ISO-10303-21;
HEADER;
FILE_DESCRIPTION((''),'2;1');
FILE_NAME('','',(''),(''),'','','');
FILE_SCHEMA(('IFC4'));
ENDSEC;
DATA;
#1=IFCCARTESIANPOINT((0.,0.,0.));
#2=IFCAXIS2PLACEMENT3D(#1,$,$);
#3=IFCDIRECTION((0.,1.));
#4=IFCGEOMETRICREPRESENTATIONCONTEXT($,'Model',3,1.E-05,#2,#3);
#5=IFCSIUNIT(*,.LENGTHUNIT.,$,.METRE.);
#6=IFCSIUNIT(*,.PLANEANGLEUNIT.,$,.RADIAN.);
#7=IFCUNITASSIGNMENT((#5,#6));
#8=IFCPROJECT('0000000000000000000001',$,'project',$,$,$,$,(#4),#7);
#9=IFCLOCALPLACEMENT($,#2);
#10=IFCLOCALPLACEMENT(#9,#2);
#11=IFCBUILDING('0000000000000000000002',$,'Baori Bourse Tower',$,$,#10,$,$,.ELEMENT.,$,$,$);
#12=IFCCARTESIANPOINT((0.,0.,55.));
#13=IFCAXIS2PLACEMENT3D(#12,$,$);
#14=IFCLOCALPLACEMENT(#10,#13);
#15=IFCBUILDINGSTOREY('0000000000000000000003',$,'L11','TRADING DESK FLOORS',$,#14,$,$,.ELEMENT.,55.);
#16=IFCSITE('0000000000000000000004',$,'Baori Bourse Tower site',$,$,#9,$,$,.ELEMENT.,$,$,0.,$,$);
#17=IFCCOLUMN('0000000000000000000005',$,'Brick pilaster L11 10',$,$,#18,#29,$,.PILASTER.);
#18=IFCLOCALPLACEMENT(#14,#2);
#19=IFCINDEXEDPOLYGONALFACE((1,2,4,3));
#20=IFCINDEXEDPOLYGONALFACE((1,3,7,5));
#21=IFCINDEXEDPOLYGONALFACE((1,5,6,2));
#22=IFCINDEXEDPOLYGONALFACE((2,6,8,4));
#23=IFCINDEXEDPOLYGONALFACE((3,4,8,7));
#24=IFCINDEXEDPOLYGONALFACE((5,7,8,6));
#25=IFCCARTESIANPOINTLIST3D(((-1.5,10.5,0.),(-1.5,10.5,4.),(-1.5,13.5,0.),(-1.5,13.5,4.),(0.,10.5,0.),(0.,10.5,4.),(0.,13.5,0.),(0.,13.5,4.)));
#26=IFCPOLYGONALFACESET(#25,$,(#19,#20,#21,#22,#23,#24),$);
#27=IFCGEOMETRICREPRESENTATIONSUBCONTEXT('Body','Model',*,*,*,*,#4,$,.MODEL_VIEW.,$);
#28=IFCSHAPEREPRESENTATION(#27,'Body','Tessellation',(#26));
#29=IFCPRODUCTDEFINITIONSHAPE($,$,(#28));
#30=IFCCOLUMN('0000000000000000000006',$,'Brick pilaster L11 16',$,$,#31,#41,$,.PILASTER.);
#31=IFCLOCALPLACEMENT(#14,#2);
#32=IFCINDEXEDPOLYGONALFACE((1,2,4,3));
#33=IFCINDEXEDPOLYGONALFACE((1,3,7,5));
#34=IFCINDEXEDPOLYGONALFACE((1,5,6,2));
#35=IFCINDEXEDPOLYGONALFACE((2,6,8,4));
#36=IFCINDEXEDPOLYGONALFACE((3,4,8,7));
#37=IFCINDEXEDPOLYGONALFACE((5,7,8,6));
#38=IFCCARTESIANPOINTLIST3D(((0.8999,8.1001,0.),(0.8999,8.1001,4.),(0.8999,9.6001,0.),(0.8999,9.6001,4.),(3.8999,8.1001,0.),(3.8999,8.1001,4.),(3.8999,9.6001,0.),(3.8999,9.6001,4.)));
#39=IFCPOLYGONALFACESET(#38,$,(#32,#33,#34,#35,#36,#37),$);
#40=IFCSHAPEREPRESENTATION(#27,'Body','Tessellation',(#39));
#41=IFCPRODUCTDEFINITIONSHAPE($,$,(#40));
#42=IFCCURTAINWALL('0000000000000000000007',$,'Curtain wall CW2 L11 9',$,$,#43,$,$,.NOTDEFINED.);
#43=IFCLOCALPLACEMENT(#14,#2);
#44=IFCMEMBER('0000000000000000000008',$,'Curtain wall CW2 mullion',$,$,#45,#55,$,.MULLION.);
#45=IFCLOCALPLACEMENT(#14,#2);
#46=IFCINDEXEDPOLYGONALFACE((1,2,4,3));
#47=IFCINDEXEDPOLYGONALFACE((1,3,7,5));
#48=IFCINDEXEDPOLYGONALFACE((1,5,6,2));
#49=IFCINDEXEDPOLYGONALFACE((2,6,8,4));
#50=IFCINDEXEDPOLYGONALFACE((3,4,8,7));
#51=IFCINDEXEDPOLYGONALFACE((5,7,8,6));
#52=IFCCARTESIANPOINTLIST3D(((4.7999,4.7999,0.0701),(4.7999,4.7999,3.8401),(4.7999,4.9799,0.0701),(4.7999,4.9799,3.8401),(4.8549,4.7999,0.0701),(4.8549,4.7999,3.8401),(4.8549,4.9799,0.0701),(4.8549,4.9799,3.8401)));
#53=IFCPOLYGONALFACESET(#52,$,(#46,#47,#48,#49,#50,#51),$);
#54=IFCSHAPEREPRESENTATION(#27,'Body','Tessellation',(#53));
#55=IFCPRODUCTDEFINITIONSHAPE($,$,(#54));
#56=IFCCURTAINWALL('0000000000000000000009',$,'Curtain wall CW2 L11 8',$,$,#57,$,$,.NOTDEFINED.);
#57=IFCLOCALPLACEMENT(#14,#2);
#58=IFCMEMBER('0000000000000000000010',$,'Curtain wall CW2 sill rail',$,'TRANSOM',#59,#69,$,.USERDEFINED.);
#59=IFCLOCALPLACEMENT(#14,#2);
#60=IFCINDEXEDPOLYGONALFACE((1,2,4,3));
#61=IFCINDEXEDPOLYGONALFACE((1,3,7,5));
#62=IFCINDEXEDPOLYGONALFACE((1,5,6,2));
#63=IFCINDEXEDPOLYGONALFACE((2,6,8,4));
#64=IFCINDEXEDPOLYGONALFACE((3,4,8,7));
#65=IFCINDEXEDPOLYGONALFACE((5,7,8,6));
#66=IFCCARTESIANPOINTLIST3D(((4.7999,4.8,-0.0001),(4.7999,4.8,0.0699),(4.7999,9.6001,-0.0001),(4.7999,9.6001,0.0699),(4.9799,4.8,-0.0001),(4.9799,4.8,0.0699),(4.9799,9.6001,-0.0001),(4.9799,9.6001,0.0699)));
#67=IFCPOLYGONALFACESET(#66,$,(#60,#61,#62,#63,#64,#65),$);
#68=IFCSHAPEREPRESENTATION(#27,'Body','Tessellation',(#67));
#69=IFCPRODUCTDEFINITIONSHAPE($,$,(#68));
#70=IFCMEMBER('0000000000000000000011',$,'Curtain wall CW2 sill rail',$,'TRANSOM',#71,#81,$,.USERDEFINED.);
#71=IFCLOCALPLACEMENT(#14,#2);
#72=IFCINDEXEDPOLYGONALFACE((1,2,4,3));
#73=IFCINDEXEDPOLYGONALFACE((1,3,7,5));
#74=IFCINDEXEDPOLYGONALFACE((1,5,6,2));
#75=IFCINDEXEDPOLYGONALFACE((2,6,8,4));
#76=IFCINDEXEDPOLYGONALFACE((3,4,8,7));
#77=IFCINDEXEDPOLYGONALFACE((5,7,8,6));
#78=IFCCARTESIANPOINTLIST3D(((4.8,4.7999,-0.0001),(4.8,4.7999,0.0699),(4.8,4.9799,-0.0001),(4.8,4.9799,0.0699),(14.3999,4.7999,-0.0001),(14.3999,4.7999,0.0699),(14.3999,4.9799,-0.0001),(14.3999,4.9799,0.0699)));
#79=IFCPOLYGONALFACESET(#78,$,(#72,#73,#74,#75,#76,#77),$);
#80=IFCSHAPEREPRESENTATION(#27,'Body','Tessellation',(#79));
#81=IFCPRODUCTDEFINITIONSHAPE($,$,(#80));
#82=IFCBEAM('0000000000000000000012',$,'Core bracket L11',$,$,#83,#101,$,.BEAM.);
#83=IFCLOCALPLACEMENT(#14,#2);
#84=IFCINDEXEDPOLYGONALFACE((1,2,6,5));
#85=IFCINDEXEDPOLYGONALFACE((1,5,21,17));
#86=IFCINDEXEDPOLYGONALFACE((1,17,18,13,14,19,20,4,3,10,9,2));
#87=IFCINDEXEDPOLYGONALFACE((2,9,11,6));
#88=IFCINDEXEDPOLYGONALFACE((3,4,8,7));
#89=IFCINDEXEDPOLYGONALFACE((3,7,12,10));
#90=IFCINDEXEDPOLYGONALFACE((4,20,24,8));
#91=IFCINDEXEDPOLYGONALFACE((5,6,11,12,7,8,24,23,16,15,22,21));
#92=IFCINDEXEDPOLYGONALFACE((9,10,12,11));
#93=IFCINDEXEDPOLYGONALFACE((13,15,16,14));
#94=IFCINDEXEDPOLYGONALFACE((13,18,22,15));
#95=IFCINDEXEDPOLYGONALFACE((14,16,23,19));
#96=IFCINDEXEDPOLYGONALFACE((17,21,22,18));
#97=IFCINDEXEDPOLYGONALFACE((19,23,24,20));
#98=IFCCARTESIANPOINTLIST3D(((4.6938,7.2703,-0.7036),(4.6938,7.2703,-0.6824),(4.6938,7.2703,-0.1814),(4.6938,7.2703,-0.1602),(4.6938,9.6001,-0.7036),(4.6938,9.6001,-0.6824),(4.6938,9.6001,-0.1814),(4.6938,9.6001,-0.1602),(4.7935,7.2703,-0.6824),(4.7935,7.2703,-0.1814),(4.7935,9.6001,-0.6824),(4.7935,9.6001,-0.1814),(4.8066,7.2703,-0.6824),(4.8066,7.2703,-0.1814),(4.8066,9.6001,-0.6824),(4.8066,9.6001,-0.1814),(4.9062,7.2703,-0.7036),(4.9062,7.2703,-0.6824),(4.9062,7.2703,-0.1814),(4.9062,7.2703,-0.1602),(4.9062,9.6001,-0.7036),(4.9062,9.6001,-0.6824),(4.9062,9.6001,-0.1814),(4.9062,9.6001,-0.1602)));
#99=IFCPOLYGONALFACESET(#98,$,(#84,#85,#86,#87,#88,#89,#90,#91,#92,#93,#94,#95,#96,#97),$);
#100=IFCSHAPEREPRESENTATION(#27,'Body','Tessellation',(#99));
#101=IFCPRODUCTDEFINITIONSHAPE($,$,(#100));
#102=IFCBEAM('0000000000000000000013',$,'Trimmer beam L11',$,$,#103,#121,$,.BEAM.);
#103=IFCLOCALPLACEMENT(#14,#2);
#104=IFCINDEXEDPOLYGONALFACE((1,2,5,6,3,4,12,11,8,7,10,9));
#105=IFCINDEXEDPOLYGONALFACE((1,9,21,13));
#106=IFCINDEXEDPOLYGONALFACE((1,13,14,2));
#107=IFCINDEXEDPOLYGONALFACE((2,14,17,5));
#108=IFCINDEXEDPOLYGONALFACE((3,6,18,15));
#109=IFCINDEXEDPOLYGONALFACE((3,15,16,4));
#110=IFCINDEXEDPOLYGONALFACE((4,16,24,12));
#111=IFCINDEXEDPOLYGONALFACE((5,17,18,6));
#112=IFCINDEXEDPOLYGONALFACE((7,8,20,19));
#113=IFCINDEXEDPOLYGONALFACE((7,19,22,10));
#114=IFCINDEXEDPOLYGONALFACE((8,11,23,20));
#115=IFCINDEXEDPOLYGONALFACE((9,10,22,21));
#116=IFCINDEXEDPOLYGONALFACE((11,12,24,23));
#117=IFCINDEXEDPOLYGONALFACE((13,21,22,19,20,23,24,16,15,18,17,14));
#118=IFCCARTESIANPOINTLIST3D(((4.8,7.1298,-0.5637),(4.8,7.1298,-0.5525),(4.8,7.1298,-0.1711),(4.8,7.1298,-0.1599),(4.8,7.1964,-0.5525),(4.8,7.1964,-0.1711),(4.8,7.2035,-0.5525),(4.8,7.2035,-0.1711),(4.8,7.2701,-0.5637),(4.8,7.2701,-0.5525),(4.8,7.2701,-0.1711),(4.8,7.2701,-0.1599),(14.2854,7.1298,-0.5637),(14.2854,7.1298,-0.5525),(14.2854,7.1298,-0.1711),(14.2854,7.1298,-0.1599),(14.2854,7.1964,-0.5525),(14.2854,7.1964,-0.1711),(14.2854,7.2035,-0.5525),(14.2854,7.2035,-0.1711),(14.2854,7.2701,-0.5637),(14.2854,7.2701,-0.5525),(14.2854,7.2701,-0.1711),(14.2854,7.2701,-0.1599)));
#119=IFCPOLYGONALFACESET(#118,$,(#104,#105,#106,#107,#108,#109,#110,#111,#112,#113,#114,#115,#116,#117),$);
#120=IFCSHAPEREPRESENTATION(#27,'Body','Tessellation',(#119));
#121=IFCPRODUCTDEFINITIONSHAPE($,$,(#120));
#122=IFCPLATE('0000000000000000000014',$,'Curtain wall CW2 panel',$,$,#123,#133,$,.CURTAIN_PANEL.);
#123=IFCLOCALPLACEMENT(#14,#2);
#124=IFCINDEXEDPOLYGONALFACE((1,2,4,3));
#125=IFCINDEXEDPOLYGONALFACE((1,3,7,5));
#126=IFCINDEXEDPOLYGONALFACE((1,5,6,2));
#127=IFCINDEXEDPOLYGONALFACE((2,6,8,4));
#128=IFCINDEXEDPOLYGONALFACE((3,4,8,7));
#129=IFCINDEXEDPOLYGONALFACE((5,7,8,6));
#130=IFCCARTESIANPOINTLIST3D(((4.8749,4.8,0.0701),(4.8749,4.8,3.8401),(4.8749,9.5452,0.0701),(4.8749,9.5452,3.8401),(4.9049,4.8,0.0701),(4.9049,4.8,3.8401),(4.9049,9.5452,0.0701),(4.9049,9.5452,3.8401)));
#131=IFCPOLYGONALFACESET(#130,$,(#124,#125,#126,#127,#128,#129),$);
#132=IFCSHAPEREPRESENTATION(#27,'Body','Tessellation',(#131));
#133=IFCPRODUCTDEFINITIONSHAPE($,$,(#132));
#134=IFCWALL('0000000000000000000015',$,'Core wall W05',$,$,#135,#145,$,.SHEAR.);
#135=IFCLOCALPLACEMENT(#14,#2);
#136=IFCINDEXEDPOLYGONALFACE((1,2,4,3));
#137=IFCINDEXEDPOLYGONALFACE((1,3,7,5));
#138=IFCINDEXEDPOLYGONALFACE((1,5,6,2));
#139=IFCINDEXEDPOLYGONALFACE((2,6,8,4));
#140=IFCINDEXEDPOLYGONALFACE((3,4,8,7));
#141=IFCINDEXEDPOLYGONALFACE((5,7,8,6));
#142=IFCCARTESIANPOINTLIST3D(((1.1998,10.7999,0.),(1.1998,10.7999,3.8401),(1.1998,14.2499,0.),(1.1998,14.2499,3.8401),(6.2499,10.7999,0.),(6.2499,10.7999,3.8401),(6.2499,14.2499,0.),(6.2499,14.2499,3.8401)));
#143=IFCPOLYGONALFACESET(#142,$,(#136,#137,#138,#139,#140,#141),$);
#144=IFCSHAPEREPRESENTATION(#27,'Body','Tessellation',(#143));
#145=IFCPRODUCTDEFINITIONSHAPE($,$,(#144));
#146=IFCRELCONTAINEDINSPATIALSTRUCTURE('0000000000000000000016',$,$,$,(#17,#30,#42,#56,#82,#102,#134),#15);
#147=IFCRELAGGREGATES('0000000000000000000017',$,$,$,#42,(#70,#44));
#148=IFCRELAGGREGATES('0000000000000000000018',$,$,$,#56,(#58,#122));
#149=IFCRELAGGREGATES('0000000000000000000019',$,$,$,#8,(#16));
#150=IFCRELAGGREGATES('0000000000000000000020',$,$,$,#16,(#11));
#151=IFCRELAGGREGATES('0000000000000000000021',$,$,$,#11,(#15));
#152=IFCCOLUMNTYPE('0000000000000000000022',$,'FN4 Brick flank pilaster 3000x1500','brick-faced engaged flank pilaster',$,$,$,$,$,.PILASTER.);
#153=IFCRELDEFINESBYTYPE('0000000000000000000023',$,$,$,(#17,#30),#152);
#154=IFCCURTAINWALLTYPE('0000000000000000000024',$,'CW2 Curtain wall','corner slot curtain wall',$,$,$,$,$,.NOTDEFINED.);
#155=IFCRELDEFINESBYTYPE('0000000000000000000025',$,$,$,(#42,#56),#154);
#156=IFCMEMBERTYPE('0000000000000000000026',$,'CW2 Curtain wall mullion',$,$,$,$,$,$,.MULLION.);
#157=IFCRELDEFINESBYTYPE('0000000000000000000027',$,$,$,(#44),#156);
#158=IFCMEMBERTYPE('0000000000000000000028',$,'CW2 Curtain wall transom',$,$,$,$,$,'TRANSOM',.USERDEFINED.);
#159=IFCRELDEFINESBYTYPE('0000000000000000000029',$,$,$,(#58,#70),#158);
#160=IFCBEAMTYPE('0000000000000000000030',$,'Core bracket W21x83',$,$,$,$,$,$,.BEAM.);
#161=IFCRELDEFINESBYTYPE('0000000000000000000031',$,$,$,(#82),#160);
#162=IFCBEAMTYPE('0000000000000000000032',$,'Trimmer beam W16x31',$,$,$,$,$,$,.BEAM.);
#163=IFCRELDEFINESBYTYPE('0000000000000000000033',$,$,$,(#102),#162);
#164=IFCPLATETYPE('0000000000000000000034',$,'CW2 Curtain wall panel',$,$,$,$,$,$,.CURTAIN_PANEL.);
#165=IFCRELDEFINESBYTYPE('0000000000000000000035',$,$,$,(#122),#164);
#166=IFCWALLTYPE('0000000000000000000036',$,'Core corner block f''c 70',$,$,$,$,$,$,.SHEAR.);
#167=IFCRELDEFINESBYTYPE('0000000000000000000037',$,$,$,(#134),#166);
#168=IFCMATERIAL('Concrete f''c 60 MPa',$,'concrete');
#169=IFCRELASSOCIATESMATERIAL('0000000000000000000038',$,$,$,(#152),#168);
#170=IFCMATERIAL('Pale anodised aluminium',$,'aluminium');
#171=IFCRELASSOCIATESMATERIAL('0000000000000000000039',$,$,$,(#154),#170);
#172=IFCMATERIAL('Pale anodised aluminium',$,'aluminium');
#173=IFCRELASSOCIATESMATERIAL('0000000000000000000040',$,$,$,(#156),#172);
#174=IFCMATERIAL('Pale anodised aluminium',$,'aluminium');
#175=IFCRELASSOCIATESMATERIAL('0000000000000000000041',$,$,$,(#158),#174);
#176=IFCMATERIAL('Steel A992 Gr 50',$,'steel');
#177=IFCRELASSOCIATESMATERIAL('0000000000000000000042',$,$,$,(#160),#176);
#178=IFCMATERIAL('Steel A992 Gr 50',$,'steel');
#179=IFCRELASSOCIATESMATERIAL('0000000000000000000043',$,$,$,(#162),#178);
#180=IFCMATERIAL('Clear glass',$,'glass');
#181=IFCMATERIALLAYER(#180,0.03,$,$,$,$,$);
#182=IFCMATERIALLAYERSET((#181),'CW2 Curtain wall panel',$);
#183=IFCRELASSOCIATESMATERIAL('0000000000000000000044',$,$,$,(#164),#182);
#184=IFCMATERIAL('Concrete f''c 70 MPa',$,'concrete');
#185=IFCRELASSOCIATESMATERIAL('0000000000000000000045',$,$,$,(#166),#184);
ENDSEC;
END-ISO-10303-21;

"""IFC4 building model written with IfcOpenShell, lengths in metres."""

from ifc_helpers import new_model, si_unit, direction, frame, frame_2d, origin, origin_2d, place, context, subcontext, project, spatial, rectangle, i_section, extrude, material, layer, layer_set, material_profile, profile_set, type_object, element, aggregate, save


model = new_model("IFC4")

# Units and contexts
model_context = context("Model", 3, precision=1e-05, world=origin(), true_north=direction((0.0, 1.0)))
body_context = subcontext(model_context, "Body", "Model", "MODEL_VIEW")
ifc_project = project(units=[si_unit("LENGTHUNIT", "METRE"), si_unit("PLANEANGLEUNIT", "RADIAN")], contexts=[model_context])

# Site, building, storey
site_placement = place(None, origin())
site = spatial("IfcSite", under=ifc_project, at=site_placement, Name="Baori Bourse Tower site", CompositionType="ELEMENT", RefElevation=0.0)
building_placement = place(site_placement, origin())
building = spatial("IfcBuilding", under=site, at=building_placement, Name="Baori Bourse Tower", CompositionType="ELEMENT")
storey_placement = place(building_placement, frame((0.0, 0.0, 55.0)))
storey = spatial("IfcBuildingStorey", under=building, at=storey_placement, Name="L11", Description="TRADING DESK FLOORS", CompositionType="ELEMENT", Elevation=55.0)

# Columns
ifc_material_1 = material(Name="Concrete f'c 60 MPa", Category="concrete")
ifc_material_profile_1 = material_profile(ifc_material_1, rectangle(XDim=3.0, YDim=1.5, at=origin_2d()), Name="RC 3000x1500")
ifc_profile_set_1 = profile_set([ifc_material_profile_1], Name="Concrete f'c 60 MPa")
column_type = type_object("IfcColumnType", Name="FN4 Brick flank pilaster 3000x1500", Description="brick-faced engaged flank pilaster", PredefinedType="PILASTER", material=ifc_profile_set_1)
for number, where, z_axis, x_axis, name in (
    (1, (-0.75, 12.0, 0.0), (0.0, 0.0, 1.0), (0.0, 1.0, 0.0), "Brick pilaster L11 10"),
    (2, (2.3999, 8.8501, 0.0), (0.0, 0.0, 1.0), (1.0, 0.0, 0.0), "Brick pilaster L11 16"),
):
    element("IfcColumn", number, at=place(storey_placement, frame(where, z_axis=z_axis, x_axis=x_axis)), inside=storey, type_object=column_type, Name=name, PredefinedType="PILASTER", context=body_context, shape_type="SweptSolid", body=[
        extrude(rectangle(XDim=3.0, YDim=1.5, at=origin_2d()), origin(), (0.0, 0.0, 1.0), 4.0),
    ])

# Curtain walls, members
ifc_material_2 = material(Name="Pale anodised aluminium", Category="aluminium")
curtain_wall_type = type_object("IfcCurtainWallType", Name="CW2 Curtain wall", Description="corner slot curtain wall", PredefinedType="NOTDEFINED", material=ifc_material_2)
curtain_wall_1_placement = place(storey_placement, origin())
curtain_wall_1 = element("IfcCurtainWall", 3, at=curtain_wall_1_placement, inside=storey, type_object=curtain_wall_type, Name="Curtain wall CW2 L11 9", PredefinedType="NOTDEFINED")
ifc_material_3 = material(Name="Pale anodised aluminium", Category="aluminium")
ifc_material_profile_2 = material_profile(ifc_material_3, rectangle(XDim=0.1799, YDim=0.0549, at=origin_2d()), Name="Mullion 55x180")
ifc_profile_set_2 = profile_set([ifc_material_profile_2], Name="Pale anodised aluminium")
member_type_1 = type_object("IfcMemberType", Name="CW2 Curtain wall mullion", PredefinedType="MULLION", material=ifc_profile_set_2)
member_1_placement = place(storey_placement, frame((4.8274, 4.8899, 0.0701), z_axis=(0.0, 0.0, 1.0), x_axis=(0.0, 1.0, 0.0)))
member_1 = element("IfcMember", 4, at=member_1_placement, type_object=member_type_1, Name="Curtain wall CW2 mullion", PredefinedType="MULLION", context=body_context, shape_type="SweptSolid", body=[
    extrude(rectangle(XDim=0.1799, YDim=0.0549, at=origin_2d()), origin(), (0.0, 0.0, 1.0), 3.77),
])
curtain_wall_2_placement = place(storey_placement, origin())
curtain_wall_2 = element("IfcCurtainWall", 5, at=curtain_wall_2_placement, inside=storey, type_object=curtain_wall_type, Name="Curtain wall CW2 L11 8", PredefinedType="NOTDEFINED")
ifc_material_4 = material(Name="Pale anodised aluminium", Category="aluminium")
ifc_material_profile_3 = material_profile(ifc_material_4, rectangle(XDim=0.1799, YDim=0.0701, at=origin_2d()), Name="Transom 70x180")
ifc_profile_set_3 = profile_set([ifc_material_profile_3], Name="Pale anodised aluminium")
member_type_2 = type_object("IfcMemberType", Name="CW2 Curtain wall transom", ElementType="TRANSOM", PredefinedType="USERDEFINED", material=ifc_profile_set_3)
member_2_placement = place(storey_placement, frame((4.8899, 9.6001, 0.0349), z_axis=(0.0, -1.0, 0.0), x_axis=(1.0, 0.0, 0.0)))
member_2 = element("IfcMember", 6, at=member_2_placement, type_object=member_type_2, Name="Curtain wall CW2 sill rail", ObjectType="TRANSOM", PredefinedType="USERDEFINED", context=body_context, shape_type="SweptSolid", body=[
    extrude(rectangle(XDim=0.1799, YDim=0.0701, at=origin_2d()), origin(), (0.0, 0.0, 1.0), 4.8),
])

# Member
member_3_placement = place(storey_placement, frame((4.8, 4.8899, 0.0349), z_axis=(1.0, 0.0, 0.0), x_axis=(0.0, 1.0, 0.0)))
member_3 = element("IfcMember", 7, at=member_3_placement, type_object=member_type_2, Name="Curtain wall CW2 sill rail", ObjectType="TRANSOM", PredefinedType="USERDEFINED", context=body_context, shape_type="SweptSolid", body=[
    extrude(rectangle(XDim=0.1799, YDim=0.0701, at=origin_2d()), origin(), (0.0, 0.0, 1.0), 9.5999),
])
aggregate(curtain_wall_1, [member_3, member_1])

# Beams
ifc_material_5 = material(Name="Steel A992 Gr 50", Category="steel")
ifc_material_profile_4 = material_profile(ifc_material_5, i_section(OverallWidth=0.2124, OverallDepth=0.5435, WebThickness=0.0132, FlangeThickness=0.0212, at=origin_2d()), Name="W21x83")
ifc_profile_set_4 = profile_set([ifc_material_profile_4], Name="Steel A992 Gr 50")
beam_type_1 = type_object("IfcBeamType", Name="Core bracket W21x83", PredefinedType="BEAM", material=ifc_profile_set_4)
beam_1_placement = place(storey_placement, frame((4.8, 7.2703, -0.4319), z_axis=(0.0, 1.0, 0.0), x_axis=(-1.0, 0.0, 0.0)))
element("IfcBeam", 8, at=beam_1_placement, inside=storey, type_object=beam_type_1, Name="Core bracket L11", PredefinedType="BEAM", context=body_context, shape_type="SweptSolid", body=[
    extrude(i_section(OverallWidth=0.2124, OverallDepth=0.5435, WebThickness=0.0132, FlangeThickness=0.0212, at=origin_2d()), origin(), (0.0, 0.0, 1.0), 2.3298),
])
ifc_material_6 = material(Name="Steel A992 Gr 50", Category="steel")
ifc_material_profile_5 = material_profile(ifc_material_6, i_section(OverallWidth=0.1404, OverallDepth=0.4038, WebThickness=0.0071, FlangeThickness=0.0112, at=origin_2d()), Name="W16x31")
ifc_profile_set_5 = profile_set([ifc_material_profile_5], Name="Steel A992 Gr 50")
beam_type_2 = type_object("IfcBeamType", Name="Trimmer beam W16x31", PredefinedType="BEAM", material=ifc_profile_set_5)
beam_2_placement = place(storey_placement, frame((4.8, 7.2, -0.3618), z_axis=(1.0, 0.0, 0.0), x_axis=(0.0, 1.0, 0.0)))
element("IfcBeam", 9, at=beam_2_placement, inside=storey, type_object=beam_type_2, Name="Trimmer beam L11", PredefinedType="BEAM", context=body_context, shape_type="SweptSolid", body=[
    extrude(i_section(OverallWidth=0.1404, OverallDepth=0.4038, WebThickness=0.0071, FlangeThickness=0.0112, at=origin_2d()), origin(), (0.0, 0.0, 1.0), 9.4854),
])

# Plate
ifc_material_7 = material(Name="Clear glass", Category="glass")
ifc_layer_1 = layer(ifc_material_7, 0.03)
ifc_layer_set_1 = layer_set([ifc_layer_1], Name="CW2 Curtain wall panel")
plate_type = type_object("IfcPlateType", Name="CW2 Curtain wall panel", PredefinedType="CURTAIN_PANEL", material=ifc_layer_set_1)
plate_placement = place(storey_placement, frame((4.8899, 7.1726, 0.0701), z_axis=(0.0, 0.0, 1.0), x_axis=(0.0, -1.0, 0.0)))
plate = element("IfcPlate", 10, at=plate_placement, type_object=plate_type, Name="Curtain wall CW2 panel", PredefinedType="CURTAIN_PANEL", context=body_context, shape_type="SweptSolid", body=[
    extrude(rectangle(XDim=4.7451, YDim=0.03, at=origin_2d()), origin(), (0.0, 0.0, 1.0), 3.77),
])
aggregate(curtain_wall_2, [member_2, plate])

# Wall
ifc_material_8 = material(Name="Concrete f'c 70 MPa", Category="concrete")
wall_type_1 = type_object("IfcWallType", Name="Core corner block f'c 70", PredefinedType="SHEAR", material=ifc_material_8)
wall_1_placement = place(storey_placement, frame((1.2, 12.5249, 0.0), z_axis=(0.0, 0.0, 1.0), x_axis=(1.0, 0.0, 0.0)))
element("IfcWall", 11, at=wall_1_placement, inside=storey, type_object=wall_type_1, Name="Core wall W05", PredefinedType="SHEAR", context=body_context, shape_type="SweptSolid", body=[
    extrude(rectangle(XDim=5.05, YDim=3.45, at=frame_2d((2.5249, 0.0))), origin(), (0.0, 0.0, 1.0), 3.8401),
])

save(model, "model.ifc")
